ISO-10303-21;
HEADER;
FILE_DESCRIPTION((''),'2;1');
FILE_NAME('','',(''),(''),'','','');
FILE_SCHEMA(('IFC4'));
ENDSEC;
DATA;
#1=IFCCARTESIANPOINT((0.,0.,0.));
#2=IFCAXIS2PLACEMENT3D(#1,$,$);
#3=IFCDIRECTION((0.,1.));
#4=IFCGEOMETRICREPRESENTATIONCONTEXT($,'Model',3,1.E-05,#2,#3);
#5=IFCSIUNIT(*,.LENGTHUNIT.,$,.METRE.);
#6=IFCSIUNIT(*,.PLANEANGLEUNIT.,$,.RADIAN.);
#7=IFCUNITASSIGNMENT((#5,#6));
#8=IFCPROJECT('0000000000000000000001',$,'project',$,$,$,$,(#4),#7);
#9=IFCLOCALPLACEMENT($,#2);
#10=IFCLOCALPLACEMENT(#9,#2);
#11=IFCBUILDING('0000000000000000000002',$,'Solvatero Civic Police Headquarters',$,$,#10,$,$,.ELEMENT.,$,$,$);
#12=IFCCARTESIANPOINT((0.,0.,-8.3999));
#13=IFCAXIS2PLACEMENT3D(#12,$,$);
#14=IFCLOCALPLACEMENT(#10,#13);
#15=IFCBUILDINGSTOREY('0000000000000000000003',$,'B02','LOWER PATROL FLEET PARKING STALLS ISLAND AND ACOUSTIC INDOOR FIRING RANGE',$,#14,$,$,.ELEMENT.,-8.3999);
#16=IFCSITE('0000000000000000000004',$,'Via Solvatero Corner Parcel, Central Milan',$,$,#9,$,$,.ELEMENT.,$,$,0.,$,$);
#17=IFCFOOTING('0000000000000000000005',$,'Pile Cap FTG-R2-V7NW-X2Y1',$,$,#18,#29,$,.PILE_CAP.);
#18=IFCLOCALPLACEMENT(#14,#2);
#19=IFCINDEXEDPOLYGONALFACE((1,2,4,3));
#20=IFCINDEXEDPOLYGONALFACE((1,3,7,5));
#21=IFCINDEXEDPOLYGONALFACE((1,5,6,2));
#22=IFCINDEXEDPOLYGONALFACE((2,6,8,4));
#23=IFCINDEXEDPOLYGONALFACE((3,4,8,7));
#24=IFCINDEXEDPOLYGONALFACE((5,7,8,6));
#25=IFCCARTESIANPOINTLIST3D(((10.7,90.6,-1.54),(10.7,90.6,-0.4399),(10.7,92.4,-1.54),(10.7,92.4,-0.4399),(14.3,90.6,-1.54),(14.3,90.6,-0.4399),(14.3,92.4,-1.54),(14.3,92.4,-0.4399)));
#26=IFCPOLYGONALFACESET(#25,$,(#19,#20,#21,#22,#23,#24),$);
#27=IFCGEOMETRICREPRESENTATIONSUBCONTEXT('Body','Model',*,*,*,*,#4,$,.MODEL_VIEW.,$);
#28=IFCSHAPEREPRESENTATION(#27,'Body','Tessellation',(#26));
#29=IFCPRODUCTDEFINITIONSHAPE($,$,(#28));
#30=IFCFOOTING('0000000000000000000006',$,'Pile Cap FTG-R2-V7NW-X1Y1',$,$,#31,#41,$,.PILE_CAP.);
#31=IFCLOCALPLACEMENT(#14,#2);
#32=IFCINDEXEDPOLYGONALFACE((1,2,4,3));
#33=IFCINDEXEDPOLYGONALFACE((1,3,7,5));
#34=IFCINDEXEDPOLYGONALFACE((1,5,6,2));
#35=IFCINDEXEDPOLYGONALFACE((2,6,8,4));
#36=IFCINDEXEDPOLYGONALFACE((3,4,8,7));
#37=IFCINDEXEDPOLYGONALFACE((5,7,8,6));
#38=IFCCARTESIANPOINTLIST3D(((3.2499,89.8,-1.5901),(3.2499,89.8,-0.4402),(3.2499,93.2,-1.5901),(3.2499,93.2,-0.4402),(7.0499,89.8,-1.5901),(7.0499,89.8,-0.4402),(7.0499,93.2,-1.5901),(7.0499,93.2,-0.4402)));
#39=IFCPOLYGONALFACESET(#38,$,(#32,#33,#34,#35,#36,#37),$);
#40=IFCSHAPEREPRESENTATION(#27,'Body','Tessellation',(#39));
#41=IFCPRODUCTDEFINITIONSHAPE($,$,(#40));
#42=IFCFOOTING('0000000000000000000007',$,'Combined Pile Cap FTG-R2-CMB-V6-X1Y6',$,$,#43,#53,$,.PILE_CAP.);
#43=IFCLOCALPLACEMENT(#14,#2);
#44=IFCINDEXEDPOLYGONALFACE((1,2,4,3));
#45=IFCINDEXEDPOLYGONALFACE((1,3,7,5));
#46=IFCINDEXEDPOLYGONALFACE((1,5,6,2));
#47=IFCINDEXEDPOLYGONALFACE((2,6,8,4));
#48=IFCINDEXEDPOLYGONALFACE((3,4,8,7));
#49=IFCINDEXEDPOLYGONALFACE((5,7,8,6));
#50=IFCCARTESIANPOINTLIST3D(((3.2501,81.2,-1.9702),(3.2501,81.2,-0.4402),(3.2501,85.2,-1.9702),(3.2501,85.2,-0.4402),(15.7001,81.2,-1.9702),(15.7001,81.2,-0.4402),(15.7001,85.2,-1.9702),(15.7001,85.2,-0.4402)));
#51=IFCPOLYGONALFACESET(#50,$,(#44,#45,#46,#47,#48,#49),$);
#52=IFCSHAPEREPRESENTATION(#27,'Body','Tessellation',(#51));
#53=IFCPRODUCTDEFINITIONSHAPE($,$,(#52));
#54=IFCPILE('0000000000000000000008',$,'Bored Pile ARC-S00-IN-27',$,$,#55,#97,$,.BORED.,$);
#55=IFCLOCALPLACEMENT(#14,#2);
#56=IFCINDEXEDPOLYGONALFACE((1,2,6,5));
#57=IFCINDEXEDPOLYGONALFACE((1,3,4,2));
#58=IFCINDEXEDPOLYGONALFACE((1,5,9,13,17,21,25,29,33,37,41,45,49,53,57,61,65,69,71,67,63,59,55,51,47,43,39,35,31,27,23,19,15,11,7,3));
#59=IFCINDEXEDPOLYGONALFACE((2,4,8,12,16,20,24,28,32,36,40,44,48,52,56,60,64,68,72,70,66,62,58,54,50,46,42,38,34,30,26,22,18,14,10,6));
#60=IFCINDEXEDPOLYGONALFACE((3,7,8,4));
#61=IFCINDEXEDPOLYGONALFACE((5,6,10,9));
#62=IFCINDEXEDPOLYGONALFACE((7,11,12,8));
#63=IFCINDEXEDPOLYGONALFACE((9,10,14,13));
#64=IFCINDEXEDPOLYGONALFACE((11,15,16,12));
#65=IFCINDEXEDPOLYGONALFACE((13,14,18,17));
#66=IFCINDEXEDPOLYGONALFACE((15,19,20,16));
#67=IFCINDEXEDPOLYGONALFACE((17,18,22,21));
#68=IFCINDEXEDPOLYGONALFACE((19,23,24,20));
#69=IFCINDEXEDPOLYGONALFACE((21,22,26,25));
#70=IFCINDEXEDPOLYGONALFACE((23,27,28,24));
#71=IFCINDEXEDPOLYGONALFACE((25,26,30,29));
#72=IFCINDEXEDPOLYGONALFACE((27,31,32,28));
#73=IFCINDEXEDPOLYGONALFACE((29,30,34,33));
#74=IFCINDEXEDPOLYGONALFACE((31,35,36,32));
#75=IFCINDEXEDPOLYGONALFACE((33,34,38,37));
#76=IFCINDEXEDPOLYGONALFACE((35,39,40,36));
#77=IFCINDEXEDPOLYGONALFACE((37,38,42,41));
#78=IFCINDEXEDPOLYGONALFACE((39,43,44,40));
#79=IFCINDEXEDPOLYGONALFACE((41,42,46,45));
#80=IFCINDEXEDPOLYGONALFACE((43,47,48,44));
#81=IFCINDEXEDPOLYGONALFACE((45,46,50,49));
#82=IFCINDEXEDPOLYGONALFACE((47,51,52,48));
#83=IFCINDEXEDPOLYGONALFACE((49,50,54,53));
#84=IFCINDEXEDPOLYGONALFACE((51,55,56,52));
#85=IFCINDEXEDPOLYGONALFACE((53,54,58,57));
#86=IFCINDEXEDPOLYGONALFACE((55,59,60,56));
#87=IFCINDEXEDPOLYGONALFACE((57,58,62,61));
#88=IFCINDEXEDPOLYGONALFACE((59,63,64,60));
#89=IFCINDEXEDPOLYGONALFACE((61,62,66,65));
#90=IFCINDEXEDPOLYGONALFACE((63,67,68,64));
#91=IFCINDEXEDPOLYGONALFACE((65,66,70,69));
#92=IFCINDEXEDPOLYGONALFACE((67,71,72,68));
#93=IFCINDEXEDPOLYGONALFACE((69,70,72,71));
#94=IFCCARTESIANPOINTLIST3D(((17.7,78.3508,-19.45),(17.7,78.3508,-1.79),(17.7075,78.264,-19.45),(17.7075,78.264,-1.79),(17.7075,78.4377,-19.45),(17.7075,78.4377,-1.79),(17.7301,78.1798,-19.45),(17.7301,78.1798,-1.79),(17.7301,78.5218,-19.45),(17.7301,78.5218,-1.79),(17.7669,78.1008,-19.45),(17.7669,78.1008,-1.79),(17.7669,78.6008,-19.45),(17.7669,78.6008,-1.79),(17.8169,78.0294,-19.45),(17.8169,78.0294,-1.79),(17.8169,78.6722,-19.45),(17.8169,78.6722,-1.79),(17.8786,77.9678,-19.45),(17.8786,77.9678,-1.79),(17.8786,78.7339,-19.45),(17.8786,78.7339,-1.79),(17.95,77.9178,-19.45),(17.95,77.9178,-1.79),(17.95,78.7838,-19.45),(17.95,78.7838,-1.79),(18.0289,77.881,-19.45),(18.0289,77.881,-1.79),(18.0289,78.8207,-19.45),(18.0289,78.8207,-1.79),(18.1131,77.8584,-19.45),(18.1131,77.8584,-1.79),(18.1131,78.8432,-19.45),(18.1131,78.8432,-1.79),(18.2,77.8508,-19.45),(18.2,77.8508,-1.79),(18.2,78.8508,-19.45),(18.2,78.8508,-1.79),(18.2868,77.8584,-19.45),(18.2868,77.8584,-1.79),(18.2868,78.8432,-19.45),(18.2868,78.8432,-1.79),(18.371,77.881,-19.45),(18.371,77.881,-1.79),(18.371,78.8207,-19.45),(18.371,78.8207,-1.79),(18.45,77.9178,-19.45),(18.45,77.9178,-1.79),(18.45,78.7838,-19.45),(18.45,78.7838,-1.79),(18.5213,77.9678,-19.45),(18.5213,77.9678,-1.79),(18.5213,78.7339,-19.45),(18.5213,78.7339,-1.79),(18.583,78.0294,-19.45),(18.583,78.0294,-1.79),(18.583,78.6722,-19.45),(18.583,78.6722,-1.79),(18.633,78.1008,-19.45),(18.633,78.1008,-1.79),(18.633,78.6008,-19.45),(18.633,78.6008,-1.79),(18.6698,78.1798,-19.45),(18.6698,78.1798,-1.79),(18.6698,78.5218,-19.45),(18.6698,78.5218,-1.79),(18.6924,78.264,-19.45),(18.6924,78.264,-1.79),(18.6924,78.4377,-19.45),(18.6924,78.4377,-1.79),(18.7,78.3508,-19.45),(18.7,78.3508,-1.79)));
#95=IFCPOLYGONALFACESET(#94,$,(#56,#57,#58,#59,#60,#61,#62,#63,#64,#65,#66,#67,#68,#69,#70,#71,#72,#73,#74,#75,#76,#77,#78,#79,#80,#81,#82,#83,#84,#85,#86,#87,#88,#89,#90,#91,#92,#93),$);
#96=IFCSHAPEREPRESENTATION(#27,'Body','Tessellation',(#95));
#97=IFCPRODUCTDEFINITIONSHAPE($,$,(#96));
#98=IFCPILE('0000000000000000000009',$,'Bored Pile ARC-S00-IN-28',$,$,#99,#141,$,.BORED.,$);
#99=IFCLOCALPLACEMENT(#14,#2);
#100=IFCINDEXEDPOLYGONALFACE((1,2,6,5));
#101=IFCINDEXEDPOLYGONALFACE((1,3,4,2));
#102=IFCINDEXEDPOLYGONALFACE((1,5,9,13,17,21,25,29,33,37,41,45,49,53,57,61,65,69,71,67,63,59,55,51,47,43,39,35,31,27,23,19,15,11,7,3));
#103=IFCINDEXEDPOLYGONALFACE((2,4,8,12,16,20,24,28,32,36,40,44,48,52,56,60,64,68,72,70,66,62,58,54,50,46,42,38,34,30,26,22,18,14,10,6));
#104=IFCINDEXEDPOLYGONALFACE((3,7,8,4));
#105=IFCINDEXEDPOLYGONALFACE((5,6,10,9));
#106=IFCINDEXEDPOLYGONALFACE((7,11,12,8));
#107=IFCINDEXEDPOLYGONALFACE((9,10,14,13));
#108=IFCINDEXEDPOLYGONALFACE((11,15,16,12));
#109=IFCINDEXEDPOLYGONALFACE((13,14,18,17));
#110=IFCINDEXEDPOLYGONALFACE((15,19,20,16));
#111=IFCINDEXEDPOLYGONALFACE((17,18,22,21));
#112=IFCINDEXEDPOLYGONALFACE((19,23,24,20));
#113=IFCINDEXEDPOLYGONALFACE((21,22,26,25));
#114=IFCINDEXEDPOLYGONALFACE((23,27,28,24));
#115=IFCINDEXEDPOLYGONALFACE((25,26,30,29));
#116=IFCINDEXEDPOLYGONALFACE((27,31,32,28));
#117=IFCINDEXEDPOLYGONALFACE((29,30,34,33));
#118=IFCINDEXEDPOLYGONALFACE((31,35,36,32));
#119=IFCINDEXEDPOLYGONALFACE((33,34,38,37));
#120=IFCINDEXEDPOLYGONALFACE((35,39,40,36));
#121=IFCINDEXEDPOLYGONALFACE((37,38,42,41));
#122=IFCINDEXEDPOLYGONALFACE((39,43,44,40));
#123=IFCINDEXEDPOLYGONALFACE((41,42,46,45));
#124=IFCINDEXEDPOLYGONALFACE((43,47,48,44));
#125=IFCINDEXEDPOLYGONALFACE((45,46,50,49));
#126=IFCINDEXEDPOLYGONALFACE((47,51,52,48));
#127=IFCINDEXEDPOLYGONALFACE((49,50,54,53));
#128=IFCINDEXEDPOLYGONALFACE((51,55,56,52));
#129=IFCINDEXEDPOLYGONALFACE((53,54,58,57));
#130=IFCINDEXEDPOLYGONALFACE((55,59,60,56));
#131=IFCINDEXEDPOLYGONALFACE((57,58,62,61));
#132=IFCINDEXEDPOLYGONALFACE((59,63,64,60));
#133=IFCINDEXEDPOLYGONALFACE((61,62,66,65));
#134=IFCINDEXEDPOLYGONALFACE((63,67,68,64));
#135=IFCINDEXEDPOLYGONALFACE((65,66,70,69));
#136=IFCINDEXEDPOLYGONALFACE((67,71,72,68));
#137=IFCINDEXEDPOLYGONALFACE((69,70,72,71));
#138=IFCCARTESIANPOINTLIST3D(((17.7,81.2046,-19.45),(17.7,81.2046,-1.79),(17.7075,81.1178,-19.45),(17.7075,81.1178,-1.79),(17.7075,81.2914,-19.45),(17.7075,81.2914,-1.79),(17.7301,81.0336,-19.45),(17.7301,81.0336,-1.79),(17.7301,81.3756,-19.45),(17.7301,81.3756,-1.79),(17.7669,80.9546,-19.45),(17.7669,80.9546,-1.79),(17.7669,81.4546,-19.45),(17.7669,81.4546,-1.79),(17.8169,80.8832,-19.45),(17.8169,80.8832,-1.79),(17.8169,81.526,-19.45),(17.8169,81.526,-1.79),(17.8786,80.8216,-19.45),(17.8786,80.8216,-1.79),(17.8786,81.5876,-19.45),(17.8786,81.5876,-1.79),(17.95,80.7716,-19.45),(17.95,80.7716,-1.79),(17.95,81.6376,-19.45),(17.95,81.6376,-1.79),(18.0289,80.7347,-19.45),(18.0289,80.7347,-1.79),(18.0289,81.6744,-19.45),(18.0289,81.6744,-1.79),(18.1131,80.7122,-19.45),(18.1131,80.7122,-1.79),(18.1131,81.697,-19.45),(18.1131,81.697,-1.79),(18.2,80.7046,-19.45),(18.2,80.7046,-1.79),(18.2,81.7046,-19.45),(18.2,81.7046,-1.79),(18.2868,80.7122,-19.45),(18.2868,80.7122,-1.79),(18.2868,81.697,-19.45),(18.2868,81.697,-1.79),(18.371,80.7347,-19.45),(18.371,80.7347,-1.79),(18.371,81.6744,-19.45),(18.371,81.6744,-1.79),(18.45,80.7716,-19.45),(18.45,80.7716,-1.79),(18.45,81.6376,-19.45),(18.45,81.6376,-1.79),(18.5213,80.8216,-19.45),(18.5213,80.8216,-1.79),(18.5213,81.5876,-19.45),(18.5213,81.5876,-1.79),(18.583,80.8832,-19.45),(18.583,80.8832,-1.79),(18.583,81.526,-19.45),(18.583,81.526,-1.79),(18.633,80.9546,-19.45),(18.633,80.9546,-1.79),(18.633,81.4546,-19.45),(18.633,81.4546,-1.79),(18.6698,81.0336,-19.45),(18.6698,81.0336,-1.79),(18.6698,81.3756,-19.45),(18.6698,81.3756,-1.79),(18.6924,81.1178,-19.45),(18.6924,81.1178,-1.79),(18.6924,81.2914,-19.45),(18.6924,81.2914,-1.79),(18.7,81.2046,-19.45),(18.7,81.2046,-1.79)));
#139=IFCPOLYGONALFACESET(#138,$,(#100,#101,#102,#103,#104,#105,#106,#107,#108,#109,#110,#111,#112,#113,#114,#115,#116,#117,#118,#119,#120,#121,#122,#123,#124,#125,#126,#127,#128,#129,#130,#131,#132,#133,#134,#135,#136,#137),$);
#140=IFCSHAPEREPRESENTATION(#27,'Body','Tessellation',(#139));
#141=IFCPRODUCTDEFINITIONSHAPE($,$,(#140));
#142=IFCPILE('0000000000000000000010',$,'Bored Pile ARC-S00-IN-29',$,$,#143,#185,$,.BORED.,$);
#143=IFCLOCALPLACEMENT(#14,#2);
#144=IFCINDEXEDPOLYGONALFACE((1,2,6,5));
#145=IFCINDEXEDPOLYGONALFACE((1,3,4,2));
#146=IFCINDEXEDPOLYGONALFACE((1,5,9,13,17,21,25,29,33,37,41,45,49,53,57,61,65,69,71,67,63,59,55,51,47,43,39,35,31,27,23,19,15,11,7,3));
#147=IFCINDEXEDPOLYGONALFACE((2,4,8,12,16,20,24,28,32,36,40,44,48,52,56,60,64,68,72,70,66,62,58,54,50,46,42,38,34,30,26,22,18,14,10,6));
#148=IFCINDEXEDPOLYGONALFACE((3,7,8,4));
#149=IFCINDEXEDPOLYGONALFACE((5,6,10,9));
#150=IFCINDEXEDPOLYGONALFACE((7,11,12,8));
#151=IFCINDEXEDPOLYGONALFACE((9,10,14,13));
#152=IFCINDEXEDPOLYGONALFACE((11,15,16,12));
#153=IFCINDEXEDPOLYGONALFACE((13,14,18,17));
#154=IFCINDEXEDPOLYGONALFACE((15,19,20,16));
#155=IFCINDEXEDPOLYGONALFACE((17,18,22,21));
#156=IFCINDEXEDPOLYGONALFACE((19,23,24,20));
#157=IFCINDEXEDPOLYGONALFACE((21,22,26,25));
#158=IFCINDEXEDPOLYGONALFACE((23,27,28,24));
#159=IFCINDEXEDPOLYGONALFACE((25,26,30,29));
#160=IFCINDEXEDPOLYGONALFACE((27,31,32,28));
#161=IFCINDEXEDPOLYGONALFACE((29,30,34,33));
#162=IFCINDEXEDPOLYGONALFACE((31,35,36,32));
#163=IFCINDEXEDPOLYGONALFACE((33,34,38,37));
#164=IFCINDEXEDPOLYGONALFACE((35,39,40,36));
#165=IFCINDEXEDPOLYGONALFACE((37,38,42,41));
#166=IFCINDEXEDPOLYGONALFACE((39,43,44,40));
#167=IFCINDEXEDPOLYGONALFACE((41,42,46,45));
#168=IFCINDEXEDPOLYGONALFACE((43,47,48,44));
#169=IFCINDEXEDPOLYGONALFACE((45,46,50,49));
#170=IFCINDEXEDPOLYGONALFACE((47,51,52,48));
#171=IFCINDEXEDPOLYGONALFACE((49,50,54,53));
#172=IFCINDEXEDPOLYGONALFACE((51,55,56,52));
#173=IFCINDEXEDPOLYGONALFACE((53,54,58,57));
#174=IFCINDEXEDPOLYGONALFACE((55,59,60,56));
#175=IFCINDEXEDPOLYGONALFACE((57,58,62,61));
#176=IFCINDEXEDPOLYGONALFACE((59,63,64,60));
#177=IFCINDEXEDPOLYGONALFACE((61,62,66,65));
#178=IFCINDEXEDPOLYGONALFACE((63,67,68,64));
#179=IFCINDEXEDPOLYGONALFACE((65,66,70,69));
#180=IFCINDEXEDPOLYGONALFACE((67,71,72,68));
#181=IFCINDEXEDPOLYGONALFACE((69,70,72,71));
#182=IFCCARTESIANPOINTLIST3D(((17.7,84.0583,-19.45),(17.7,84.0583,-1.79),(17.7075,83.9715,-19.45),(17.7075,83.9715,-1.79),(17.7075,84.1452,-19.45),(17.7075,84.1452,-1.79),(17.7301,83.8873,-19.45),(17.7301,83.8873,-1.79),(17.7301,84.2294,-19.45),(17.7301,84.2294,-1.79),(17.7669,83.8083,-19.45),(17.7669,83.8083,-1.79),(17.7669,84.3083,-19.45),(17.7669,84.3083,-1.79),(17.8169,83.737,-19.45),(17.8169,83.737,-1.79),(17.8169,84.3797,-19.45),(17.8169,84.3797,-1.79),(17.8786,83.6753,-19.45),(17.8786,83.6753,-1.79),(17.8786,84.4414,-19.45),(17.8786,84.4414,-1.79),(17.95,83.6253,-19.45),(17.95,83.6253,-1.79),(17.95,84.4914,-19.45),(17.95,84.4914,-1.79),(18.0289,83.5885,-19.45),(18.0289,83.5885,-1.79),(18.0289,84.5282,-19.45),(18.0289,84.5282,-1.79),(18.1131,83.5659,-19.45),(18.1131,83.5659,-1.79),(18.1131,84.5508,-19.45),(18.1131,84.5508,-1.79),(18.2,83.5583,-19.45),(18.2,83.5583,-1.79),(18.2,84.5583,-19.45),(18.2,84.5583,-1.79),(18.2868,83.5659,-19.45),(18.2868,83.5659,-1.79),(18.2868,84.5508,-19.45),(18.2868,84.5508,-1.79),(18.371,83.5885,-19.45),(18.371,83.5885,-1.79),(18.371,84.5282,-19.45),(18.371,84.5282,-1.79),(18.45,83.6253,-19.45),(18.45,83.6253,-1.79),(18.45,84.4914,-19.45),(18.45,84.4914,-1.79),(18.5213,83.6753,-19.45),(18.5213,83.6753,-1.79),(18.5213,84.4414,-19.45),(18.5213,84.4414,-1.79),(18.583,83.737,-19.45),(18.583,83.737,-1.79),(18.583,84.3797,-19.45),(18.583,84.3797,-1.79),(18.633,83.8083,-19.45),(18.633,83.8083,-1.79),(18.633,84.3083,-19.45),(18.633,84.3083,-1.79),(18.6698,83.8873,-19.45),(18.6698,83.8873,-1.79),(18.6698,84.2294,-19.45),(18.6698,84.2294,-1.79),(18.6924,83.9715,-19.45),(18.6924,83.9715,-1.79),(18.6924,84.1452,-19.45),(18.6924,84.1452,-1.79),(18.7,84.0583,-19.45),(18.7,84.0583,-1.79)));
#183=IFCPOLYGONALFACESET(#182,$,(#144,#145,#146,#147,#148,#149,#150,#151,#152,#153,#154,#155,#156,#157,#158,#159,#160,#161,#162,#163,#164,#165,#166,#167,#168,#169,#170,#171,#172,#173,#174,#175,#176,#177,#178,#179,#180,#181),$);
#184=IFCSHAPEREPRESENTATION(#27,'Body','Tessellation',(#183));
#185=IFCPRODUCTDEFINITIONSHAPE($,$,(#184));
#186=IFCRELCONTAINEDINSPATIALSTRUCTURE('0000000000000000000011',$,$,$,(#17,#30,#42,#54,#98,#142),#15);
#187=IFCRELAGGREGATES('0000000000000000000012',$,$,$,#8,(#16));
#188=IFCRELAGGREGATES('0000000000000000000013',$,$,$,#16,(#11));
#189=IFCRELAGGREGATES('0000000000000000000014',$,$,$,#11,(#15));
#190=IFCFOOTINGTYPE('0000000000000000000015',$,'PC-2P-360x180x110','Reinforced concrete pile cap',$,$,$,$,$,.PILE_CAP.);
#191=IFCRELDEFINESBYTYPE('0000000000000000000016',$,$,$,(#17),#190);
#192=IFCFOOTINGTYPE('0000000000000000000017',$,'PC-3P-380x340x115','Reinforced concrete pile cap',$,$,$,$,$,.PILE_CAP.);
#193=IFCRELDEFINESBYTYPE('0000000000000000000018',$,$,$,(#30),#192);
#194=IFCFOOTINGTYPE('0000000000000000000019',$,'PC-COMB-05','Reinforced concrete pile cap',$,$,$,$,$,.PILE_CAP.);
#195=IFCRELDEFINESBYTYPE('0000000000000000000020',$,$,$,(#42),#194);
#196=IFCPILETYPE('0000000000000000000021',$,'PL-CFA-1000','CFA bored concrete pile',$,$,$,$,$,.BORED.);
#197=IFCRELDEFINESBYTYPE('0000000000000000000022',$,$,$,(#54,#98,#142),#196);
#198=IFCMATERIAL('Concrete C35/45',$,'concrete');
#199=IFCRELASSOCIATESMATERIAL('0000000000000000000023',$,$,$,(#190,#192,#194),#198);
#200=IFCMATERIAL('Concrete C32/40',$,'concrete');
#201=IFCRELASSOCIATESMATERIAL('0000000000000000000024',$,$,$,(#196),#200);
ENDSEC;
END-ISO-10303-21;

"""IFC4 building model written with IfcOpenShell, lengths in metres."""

from ifc_helpers import new_model, si_unit, direction, frame, origin, origin_2d, place, context, subcontext, project, spatial, rectangle, circle, extrude, material, material_profile, profile_set, type_object, element, save


model = new_model("IFC4")

# Units and contexts
model_context = context("Model", 3, precision=1e-05, world=origin(), true_north=direction((0.0, 1.0)))
body_context = subcontext(model_context, "Body", "Model", "MODEL_VIEW")
ifc_project = project(units=[si_unit("LENGTHUNIT", "METRE"), si_unit("PLANEANGLEUNIT", "RADIAN")], contexts=[model_context])

# Site, building, storey
site_placement = place(None, origin())
site = spatial("IfcSite", under=ifc_project, at=site_placement, Name="Via Solvatero Corner Parcel, Central Milan", CompositionType="ELEMENT", RefElevation=0.0)
building_placement = place(site_placement, origin())
building = spatial("IfcBuilding", under=site, at=building_placement, Name="Solvatero Civic Police Headquarters", CompositionType="ELEMENT")
storey_placement = place(building_placement, frame((0.0, 0.0, -8.3999)))
storey = spatial("IfcBuildingStorey", under=building, at=storey_placement, Name="B02", Description="LOWER PATROL FLEET PARKING STALLS ISLAND AND ACOUSTIC INDOOR FIRING RANGE", CompositionType="ELEMENT", Elevation=-8.3999)

# Footings
ifc_material_1 = material(Name="Concrete C35/45", Category="concrete")
footing_type_1 = type_object("IfcFootingType", Name="PC-2P-360x180x110", Description="Reinforced concrete pile cap", PredefinedType="PILE_CAP", material=ifc_material_1)
footing_1_placement = place(storey_placement, frame((12.5, 91.5, -1.54), z_axis=(0.0, 0.0, 1.0), x_axis=(1.0, 0.0, 0.0)))
element("IfcFooting", 1, at=footing_1_placement, inside=storey, type_object=footing_type_1, Name="Pile Cap FTG-R2-V7NW-X2Y1", PredefinedType="PILE_CAP", context=body_context, shape_type="SweptSolid", body=[
    extrude(rectangle(XDim=3.6001, YDim=1.8, at=origin_2d()), origin(), (0.0, 0.0, 1.0), 1.1001),
])
footing_type_2 = type_object("IfcFootingType", Name="PC-3P-380x340x115", Description="Reinforced concrete pile cap", PredefinedType="PILE_CAP", material=ifc_material_1)
footing_2_placement = place(storey_placement, frame((5.1499, 91.5, -1.5901), z_axis=(0.0, 0.0, 1.0), x_axis=(1.0, 0.0, 0.0)))
element("IfcFooting", 2, at=footing_2_placement, inside=storey, type_object=footing_type_2, Name="Pile Cap FTG-R2-V7NW-X1Y1", PredefinedType="PILE_CAP", context=body_context, shape_type="SweptSolid", body=[
    extrude(rectangle(XDim=3.8, YDim=3.3999, at=origin_2d()), origin(), (0.0, 0.0, 1.0), 1.1499),
])
footing_type_3 = type_object("IfcFootingType", Name="PC-COMB-05", Description="Reinforced concrete pile cap", PredefinedType="PILE_CAP", material=ifc_material_1)
footing_3_placement = place(storey_placement, frame((9.4751, 83.2, -1.9702), z_axis=(0.0, 0.0, 1.0), x_axis=(1.0, 0.0, 0.0)))
element("IfcFooting", 3, at=footing_3_placement, inside=storey, type_object=footing_type_3, Name="Combined Pile Cap FTG-R2-CMB-V6-X1Y6", PredefinedType="PILE_CAP", context=body_context, shape_type="SweptSolid", body=[
    extrude(rectangle(XDim=12.45, YDim=4.0, at=origin_2d()), origin(), (0.0, 0.0, 1.0), 1.53),
])

# Piles
ifc_material_2 = material(Name="Concrete C32/40", Category="concrete")
ifc_material_profile_1 = material_profile(ifc_material_2, circle(Radius=0.5, at=origin_2d()), Name="CFA PILE D1000")
ifc_profile_set_1 = profile_set([ifc_material_profile_1], Name="Concrete C32/40")
pile_type_1 = type_object("IfcPileType", Name="PL-CFA-1000", Description="CFA bored concrete pile", PredefinedType="BORED", material=ifc_profile_set_1)
for number, where, z_axis, x_axis, name in (
    (4, (18.2, 78.3508, -1.79), (0.0, 0.0, -1.0), (1.0, 0.0, 0.0), "Bored Pile ARC-S00-IN-27"),
    (5, (18.2, 81.2046, -1.79), (0.0, 0.0, -1.0), (1.0, 0.0, 0.0), "Bored Pile ARC-S00-IN-28"),
    (6, (18.2, 84.0583, -1.79), (0.0, 0.0, -1.0), (1.0, 0.0, 0.0), "Bored Pile ARC-S00-IN-29"),
):
    element("IfcPile", number, at=place(storey_placement, frame(where, z_axis=z_axis, x_axis=x_axis)), inside=storey, type_object=pile_type_1, Name=name, PredefinedType="BORED", context=body_context, shape_type="SweptSolid", body=[
        extrude(circle(Radius=0.5, at=origin_2d()), origin(), (0.0, 0.0, 1.0), 17.6599),
    ])

save(model, "model.ifc")
